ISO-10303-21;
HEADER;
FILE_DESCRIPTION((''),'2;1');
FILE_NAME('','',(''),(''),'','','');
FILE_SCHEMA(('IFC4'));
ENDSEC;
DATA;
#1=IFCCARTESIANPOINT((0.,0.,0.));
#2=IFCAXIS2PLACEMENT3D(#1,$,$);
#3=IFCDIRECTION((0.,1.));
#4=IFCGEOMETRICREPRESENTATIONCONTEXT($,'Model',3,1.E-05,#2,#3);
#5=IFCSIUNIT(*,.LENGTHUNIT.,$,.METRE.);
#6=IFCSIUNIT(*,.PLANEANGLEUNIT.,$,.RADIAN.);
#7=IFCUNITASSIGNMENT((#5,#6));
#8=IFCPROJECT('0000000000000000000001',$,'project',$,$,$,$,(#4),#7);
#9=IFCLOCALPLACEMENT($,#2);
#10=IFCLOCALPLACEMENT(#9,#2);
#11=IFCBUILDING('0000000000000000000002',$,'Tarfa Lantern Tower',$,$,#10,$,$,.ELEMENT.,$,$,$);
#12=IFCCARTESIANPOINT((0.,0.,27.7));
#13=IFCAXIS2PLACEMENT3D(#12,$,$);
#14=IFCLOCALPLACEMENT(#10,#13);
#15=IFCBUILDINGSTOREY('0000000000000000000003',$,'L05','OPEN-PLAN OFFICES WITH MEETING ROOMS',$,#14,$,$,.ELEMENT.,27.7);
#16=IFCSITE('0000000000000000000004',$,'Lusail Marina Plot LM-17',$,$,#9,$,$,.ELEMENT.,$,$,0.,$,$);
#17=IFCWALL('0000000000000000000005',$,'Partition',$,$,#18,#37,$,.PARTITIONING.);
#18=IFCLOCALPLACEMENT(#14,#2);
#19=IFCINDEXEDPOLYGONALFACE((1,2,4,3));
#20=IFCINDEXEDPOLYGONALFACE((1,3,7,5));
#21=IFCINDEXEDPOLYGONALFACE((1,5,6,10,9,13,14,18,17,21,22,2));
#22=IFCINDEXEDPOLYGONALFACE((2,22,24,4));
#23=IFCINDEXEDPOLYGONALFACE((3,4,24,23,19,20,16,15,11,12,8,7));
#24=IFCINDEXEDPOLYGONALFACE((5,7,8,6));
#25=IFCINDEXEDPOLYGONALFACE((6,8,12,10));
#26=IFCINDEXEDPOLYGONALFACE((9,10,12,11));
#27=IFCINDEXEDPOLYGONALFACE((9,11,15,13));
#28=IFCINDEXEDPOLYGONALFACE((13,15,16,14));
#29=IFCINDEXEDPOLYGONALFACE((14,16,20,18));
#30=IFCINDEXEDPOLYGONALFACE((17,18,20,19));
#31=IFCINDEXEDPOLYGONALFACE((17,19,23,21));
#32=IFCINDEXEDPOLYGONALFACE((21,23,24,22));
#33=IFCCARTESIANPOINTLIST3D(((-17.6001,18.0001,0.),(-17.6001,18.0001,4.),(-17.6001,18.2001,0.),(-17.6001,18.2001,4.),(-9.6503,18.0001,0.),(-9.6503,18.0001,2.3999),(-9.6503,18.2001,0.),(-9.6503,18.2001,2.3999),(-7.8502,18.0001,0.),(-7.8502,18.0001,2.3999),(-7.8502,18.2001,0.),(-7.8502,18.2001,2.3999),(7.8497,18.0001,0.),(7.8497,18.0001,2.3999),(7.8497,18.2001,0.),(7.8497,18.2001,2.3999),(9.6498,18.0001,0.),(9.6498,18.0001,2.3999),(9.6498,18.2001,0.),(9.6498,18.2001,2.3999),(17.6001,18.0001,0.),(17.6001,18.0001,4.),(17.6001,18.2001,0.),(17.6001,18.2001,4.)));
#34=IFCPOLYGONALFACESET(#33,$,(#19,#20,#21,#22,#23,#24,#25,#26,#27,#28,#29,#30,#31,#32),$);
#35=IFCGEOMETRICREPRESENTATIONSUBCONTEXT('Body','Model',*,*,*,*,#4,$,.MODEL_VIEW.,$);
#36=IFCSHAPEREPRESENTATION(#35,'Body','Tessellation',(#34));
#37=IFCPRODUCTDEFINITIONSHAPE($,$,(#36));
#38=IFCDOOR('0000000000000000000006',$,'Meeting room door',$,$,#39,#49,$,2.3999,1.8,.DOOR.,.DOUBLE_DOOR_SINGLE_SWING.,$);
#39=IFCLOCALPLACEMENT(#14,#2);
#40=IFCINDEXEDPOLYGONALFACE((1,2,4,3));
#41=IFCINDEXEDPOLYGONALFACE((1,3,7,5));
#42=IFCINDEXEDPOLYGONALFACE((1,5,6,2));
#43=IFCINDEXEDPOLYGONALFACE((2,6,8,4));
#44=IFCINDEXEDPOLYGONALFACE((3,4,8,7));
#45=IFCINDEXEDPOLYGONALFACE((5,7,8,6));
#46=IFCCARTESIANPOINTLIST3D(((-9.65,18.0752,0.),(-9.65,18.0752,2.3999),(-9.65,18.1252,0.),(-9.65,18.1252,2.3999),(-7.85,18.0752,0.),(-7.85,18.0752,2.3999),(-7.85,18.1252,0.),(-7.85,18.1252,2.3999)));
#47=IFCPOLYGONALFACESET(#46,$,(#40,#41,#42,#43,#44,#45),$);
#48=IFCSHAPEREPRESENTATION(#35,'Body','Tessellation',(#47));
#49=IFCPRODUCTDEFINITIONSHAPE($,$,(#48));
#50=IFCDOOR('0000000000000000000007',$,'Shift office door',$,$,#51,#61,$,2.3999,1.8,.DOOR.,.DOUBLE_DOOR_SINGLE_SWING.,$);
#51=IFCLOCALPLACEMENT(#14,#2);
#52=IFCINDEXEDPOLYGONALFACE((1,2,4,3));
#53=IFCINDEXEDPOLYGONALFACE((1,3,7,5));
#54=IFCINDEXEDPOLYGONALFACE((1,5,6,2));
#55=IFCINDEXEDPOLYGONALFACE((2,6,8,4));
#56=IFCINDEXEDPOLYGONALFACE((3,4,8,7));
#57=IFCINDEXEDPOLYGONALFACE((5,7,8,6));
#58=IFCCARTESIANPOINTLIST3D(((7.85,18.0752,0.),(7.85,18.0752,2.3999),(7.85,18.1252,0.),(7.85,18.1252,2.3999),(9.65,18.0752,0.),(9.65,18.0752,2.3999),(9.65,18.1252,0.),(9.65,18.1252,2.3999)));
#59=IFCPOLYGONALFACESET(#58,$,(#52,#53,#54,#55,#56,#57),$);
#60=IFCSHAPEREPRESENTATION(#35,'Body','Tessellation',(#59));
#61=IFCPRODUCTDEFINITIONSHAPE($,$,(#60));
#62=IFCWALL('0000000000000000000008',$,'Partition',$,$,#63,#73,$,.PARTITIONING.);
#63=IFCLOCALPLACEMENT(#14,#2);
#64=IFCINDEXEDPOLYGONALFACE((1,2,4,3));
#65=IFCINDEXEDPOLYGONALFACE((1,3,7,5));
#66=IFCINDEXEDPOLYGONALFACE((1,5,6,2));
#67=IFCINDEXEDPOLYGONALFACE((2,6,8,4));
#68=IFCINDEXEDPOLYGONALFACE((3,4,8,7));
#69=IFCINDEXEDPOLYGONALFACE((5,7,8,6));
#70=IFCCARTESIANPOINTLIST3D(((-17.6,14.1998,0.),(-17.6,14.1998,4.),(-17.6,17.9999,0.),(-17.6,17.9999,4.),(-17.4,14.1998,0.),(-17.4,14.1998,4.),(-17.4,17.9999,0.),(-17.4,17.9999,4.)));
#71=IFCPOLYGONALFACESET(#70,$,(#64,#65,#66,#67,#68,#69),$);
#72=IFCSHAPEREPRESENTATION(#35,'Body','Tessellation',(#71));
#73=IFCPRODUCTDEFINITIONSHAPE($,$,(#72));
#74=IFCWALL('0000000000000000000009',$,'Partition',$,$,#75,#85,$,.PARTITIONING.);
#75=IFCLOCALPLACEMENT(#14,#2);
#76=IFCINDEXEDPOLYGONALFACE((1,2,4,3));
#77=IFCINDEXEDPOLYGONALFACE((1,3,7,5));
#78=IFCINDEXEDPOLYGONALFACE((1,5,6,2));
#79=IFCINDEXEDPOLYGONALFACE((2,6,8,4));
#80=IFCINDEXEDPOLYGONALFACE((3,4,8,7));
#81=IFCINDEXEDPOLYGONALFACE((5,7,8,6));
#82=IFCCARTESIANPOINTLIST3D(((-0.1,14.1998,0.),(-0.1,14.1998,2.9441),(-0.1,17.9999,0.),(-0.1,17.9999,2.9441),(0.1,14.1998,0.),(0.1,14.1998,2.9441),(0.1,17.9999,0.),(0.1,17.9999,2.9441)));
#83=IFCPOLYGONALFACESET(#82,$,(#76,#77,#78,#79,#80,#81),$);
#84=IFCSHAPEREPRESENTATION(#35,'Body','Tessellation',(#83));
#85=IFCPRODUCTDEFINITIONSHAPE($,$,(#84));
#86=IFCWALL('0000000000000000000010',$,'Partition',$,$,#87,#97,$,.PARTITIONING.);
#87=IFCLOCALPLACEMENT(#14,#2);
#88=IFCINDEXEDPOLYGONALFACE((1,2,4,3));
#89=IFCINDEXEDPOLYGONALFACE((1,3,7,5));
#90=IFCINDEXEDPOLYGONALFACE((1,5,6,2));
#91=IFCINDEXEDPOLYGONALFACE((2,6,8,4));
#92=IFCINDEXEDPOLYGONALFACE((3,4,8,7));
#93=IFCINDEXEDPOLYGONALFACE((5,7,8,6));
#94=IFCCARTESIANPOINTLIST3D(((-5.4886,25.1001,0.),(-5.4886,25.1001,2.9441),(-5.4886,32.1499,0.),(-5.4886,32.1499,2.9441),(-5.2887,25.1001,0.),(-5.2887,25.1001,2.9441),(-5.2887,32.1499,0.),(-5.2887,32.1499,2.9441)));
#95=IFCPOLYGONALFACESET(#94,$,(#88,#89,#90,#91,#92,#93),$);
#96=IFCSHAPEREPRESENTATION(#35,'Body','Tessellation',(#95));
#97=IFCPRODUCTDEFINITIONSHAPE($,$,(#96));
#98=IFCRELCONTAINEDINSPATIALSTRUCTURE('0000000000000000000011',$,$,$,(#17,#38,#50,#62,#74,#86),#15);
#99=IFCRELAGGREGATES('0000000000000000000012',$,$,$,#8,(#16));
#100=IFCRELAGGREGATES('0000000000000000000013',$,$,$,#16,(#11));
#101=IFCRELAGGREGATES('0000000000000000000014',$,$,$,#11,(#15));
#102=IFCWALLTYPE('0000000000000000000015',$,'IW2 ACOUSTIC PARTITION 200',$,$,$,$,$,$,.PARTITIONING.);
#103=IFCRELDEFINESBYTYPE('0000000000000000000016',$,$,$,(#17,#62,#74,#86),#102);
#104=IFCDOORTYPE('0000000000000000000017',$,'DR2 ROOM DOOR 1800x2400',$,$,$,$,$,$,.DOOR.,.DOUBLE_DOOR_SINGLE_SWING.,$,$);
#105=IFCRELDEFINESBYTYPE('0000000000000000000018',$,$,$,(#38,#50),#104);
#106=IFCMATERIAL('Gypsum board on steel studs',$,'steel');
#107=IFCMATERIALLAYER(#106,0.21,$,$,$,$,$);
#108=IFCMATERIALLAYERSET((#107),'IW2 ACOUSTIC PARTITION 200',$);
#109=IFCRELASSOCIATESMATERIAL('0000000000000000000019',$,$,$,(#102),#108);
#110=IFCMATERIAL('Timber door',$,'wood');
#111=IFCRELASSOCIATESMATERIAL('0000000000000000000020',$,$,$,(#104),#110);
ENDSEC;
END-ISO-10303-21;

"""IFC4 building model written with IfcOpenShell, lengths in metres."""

from ifc_helpers import new_model, si_unit, direction, frame, frame_2d, origin, place, context, subcontext, project, spatial, rectangle, extrude, material, layer, layer_set, type_object, element, fill, save


model = new_model("IFC4")

# Units and contexts
model_context = context("Model", 3, precision=1e-05, world=origin(), true_north=direction((0.0, 1.0)))
body_context = subcontext(model_context, "Body", "Model", "MODEL_VIEW")
ifc_project = project(units=[si_unit("LENGTHUNIT", "METRE"), si_unit("PLANEANGLEUNIT", "RADIAN")], contexts=[model_context])

# Site, building, storey
site_placement = place(None, origin())
site = spatial("IfcSite", under=ifc_project, at=site_placement, Name="Lusail Marina Plot LM-17", CompositionType="ELEMENT", RefElevation=0.0)
building_placement = place(site_placement, origin())
building = spatial("IfcBuilding", under=site, at=building_placement, Name="Tarfa Lantern Tower", CompositionType="ELEMENT")
storey_placement = place(building_placement, frame((0.0, 0.0, 27.7)))
storey = spatial("IfcBuildingStorey", under=building, at=storey_placement, Name="L05", Description="OPEN-PLAN OFFICES WITH MEETING ROOMS", CompositionType="ELEMENT", Elevation=27.7)

# Wall, openings, doors
ifc_material_1 = material(Name="Gypsum board on steel studs", Category="steel")
ifc_layer_1 = layer(ifc_material_1, 0.21)
ifc_layer_set_1 = layer_set([ifc_layer_1], Name="IW2 ACOUSTIC PARTITION 200")
wall_type = type_object("IfcWallType", Name="IW2 ACOUSTIC PARTITION 200", PredefinedType="PARTITIONING", material=ifc_layer_set_1)
wall_1_placement = place(storey_placement, frame((-17.6001, 18.1001, 0.0), z_axis=(0.0, 0.0, 1.0), x_axis=(1.0, 0.0, 0.0)))
wall_1 = element("IfcWall", 1, at=wall_1_placement, inside=storey, type_object=wall_type, Name="Partition", PredefinedType="PARTITIONING", context=body_context, shape_type="SweptSolid", body=[
    extrude(rectangle(XDim=35.2002, YDim=0.2, at=frame_2d((17.6001, 0.0))), origin(), (0.0, 0.0, 1.0), 4.0),
])
opening_1_placement = place(wall_1_placement, frame((7.95, 0.0, 0.0)))
opening_1 = element("IfcOpeningElement", 2, at=opening_1_placement, cuts=wall_1, PredefinedType="OPENING", context=body_context, shape_type="SweptSolid", body=[
    extrude(rectangle(XDim=1.8, YDim=2.3999, at=frame_2d((0.8999, 1.2))), frame((0.0, 0.1099, 0.0), z_axis=(0.0, -1.0, 0.0), x_axis=(1.0, 0.0, 0.0)), (0.0, 0.0, 1.0), 0.22),
])
opening_2_placement = place(wall_1_placement, frame((25.45, 0.0, 0.0)))
opening_2 = element("IfcOpeningElement", 3, at=opening_2_placement, cuts=wall_1, PredefinedType="OPENING", context=body_context, shape_type="SweptSolid", body=[
    extrude(rectangle(XDim=1.8, YDim=2.3999, at=frame_2d((0.8999, 1.2))), frame((0.0, 0.1099, 0.0), z_axis=(0.0, -1.0, 0.0), x_axis=(1.0, 0.0, 0.0)), (0.0, 0.0, 1.0), 0.22),
])
ifc_material_2 = material(Name="Timber door", Category="wood")
door_type = type_object("IfcDoorType", Name="DR2 ROOM DOOR 1800x2400", OperationType="DOUBLE_DOOR_SINGLE_SWING", PredefinedType="DOOR", material=ifc_material_2)
door_1_placement = place(opening_1_placement, frame((1.8, 0.0, 0.0), z_axis=(0.0, 0.0, 1.0), x_axis=(-1.0, 0.0, 0.0)))
door_1 = element("IfcDoor", 4, at=door_1_placement, inside=storey, type_object=door_type, Name="Meeting room door", OperationType="DOUBLE_DOOR_SINGLE_SWING", OverallHeight=2.3999, OverallWidth=1.8, PredefinedType="DOOR", context=body_context, shape_type="SweptSolid", body=[
    extrude(rectangle(XDim=1.8, YDim=2.3999, at=frame_2d((0.8999, 1.2))), frame((0.0, 0.0249, 0.0), z_axis=(0.0, -1.0, 0.0), x_axis=(1.0, 0.0, 0.0)), (0.0, 0.0, 1.0), 0.05),
])
fill(opening_1, door_1)
door_2_placement = place(opening_2_placement, frame((1.8, 0.0, 0.0), z_axis=(0.0, 0.0, 1.0), x_axis=(-1.0, 0.0, 0.0)))
door_2 = element("IfcDoor", 5, at=door_2_placement, inside=storey, type_object=door_type, Name="Shift office door", OperationType="DOUBLE_DOOR_SINGLE_SWING", OverallHeight=2.3999, OverallWidth=1.8, PredefinedType="DOOR", context=body_context, shape_type="SweptSolid", body=[
    extrude(rectangle(XDim=1.8, YDim=2.3999, at=frame_2d((0.8999, 1.2))), frame((0.0, 0.0249, 0.0), z_axis=(0.0, -1.0, 0.0), x_axis=(1.0, 0.0, 0.0)), (0.0, 0.0, 1.0), 0.05),
])
fill(opening_2, door_2)

# Walls
wall_2_placement = place(storey_placement, frame((-17.5, 14.2, 0.0), z_axis=(0.0, 0.0, 1.0), x_axis=(0.0, 1.0, 0.0)))
element("IfcWall", 6, at=wall_2_placement, inside=storey, type_object=wall_type, Name="Partition", PredefinedType="PARTITIONING", context=body_context, shape_type="SweptSolid", body=[
    extrude(rectangle(XDim=3.8, YDim=0.2, at=frame_2d((1.8999, 0.0))), origin(), (0.0, 0.0, 1.0), 4.0),
])
wall_3_placement = place(storey_placement, frame((0.0, 14.2, 0.0), z_axis=(0.0, 0.0, 1.0), x_axis=(0.0, 1.0, 0.0)))
element("IfcWall", 7, at=wall_3_placement, inside=storey, type_object=wall_type, Name="Partition", PredefinedType="PARTITIONING", context=body_context, shape_type="SweptSolid", body=[
    extrude(rectangle(XDim=3.8, YDim=0.2, at=frame_2d((1.8999, 0.0))), origin(), (0.0, 0.0, 1.0), 2.9441),
])
wall_4_placement = place(storey_placement, frame((-5.3887, 25.1001, 0.0), z_axis=(0.0, 0.0, 1.0), x_axis=(0.0, 1.0, 0.0)))
element("IfcWall", 8, at=wall_4_placement, inside=storey, type_object=wall_type, Name="Partition", PredefinedType="PARTITIONING", context=body_context, shape_type="SweptSolid", body=[
    extrude(rectangle(XDim=7.0498, YDim=0.2, at=frame_2d((3.5249, 0.0))), origin(), (0.0, 0.0, 1.0), 2.9441),
])

save(model, "model.ifc")
